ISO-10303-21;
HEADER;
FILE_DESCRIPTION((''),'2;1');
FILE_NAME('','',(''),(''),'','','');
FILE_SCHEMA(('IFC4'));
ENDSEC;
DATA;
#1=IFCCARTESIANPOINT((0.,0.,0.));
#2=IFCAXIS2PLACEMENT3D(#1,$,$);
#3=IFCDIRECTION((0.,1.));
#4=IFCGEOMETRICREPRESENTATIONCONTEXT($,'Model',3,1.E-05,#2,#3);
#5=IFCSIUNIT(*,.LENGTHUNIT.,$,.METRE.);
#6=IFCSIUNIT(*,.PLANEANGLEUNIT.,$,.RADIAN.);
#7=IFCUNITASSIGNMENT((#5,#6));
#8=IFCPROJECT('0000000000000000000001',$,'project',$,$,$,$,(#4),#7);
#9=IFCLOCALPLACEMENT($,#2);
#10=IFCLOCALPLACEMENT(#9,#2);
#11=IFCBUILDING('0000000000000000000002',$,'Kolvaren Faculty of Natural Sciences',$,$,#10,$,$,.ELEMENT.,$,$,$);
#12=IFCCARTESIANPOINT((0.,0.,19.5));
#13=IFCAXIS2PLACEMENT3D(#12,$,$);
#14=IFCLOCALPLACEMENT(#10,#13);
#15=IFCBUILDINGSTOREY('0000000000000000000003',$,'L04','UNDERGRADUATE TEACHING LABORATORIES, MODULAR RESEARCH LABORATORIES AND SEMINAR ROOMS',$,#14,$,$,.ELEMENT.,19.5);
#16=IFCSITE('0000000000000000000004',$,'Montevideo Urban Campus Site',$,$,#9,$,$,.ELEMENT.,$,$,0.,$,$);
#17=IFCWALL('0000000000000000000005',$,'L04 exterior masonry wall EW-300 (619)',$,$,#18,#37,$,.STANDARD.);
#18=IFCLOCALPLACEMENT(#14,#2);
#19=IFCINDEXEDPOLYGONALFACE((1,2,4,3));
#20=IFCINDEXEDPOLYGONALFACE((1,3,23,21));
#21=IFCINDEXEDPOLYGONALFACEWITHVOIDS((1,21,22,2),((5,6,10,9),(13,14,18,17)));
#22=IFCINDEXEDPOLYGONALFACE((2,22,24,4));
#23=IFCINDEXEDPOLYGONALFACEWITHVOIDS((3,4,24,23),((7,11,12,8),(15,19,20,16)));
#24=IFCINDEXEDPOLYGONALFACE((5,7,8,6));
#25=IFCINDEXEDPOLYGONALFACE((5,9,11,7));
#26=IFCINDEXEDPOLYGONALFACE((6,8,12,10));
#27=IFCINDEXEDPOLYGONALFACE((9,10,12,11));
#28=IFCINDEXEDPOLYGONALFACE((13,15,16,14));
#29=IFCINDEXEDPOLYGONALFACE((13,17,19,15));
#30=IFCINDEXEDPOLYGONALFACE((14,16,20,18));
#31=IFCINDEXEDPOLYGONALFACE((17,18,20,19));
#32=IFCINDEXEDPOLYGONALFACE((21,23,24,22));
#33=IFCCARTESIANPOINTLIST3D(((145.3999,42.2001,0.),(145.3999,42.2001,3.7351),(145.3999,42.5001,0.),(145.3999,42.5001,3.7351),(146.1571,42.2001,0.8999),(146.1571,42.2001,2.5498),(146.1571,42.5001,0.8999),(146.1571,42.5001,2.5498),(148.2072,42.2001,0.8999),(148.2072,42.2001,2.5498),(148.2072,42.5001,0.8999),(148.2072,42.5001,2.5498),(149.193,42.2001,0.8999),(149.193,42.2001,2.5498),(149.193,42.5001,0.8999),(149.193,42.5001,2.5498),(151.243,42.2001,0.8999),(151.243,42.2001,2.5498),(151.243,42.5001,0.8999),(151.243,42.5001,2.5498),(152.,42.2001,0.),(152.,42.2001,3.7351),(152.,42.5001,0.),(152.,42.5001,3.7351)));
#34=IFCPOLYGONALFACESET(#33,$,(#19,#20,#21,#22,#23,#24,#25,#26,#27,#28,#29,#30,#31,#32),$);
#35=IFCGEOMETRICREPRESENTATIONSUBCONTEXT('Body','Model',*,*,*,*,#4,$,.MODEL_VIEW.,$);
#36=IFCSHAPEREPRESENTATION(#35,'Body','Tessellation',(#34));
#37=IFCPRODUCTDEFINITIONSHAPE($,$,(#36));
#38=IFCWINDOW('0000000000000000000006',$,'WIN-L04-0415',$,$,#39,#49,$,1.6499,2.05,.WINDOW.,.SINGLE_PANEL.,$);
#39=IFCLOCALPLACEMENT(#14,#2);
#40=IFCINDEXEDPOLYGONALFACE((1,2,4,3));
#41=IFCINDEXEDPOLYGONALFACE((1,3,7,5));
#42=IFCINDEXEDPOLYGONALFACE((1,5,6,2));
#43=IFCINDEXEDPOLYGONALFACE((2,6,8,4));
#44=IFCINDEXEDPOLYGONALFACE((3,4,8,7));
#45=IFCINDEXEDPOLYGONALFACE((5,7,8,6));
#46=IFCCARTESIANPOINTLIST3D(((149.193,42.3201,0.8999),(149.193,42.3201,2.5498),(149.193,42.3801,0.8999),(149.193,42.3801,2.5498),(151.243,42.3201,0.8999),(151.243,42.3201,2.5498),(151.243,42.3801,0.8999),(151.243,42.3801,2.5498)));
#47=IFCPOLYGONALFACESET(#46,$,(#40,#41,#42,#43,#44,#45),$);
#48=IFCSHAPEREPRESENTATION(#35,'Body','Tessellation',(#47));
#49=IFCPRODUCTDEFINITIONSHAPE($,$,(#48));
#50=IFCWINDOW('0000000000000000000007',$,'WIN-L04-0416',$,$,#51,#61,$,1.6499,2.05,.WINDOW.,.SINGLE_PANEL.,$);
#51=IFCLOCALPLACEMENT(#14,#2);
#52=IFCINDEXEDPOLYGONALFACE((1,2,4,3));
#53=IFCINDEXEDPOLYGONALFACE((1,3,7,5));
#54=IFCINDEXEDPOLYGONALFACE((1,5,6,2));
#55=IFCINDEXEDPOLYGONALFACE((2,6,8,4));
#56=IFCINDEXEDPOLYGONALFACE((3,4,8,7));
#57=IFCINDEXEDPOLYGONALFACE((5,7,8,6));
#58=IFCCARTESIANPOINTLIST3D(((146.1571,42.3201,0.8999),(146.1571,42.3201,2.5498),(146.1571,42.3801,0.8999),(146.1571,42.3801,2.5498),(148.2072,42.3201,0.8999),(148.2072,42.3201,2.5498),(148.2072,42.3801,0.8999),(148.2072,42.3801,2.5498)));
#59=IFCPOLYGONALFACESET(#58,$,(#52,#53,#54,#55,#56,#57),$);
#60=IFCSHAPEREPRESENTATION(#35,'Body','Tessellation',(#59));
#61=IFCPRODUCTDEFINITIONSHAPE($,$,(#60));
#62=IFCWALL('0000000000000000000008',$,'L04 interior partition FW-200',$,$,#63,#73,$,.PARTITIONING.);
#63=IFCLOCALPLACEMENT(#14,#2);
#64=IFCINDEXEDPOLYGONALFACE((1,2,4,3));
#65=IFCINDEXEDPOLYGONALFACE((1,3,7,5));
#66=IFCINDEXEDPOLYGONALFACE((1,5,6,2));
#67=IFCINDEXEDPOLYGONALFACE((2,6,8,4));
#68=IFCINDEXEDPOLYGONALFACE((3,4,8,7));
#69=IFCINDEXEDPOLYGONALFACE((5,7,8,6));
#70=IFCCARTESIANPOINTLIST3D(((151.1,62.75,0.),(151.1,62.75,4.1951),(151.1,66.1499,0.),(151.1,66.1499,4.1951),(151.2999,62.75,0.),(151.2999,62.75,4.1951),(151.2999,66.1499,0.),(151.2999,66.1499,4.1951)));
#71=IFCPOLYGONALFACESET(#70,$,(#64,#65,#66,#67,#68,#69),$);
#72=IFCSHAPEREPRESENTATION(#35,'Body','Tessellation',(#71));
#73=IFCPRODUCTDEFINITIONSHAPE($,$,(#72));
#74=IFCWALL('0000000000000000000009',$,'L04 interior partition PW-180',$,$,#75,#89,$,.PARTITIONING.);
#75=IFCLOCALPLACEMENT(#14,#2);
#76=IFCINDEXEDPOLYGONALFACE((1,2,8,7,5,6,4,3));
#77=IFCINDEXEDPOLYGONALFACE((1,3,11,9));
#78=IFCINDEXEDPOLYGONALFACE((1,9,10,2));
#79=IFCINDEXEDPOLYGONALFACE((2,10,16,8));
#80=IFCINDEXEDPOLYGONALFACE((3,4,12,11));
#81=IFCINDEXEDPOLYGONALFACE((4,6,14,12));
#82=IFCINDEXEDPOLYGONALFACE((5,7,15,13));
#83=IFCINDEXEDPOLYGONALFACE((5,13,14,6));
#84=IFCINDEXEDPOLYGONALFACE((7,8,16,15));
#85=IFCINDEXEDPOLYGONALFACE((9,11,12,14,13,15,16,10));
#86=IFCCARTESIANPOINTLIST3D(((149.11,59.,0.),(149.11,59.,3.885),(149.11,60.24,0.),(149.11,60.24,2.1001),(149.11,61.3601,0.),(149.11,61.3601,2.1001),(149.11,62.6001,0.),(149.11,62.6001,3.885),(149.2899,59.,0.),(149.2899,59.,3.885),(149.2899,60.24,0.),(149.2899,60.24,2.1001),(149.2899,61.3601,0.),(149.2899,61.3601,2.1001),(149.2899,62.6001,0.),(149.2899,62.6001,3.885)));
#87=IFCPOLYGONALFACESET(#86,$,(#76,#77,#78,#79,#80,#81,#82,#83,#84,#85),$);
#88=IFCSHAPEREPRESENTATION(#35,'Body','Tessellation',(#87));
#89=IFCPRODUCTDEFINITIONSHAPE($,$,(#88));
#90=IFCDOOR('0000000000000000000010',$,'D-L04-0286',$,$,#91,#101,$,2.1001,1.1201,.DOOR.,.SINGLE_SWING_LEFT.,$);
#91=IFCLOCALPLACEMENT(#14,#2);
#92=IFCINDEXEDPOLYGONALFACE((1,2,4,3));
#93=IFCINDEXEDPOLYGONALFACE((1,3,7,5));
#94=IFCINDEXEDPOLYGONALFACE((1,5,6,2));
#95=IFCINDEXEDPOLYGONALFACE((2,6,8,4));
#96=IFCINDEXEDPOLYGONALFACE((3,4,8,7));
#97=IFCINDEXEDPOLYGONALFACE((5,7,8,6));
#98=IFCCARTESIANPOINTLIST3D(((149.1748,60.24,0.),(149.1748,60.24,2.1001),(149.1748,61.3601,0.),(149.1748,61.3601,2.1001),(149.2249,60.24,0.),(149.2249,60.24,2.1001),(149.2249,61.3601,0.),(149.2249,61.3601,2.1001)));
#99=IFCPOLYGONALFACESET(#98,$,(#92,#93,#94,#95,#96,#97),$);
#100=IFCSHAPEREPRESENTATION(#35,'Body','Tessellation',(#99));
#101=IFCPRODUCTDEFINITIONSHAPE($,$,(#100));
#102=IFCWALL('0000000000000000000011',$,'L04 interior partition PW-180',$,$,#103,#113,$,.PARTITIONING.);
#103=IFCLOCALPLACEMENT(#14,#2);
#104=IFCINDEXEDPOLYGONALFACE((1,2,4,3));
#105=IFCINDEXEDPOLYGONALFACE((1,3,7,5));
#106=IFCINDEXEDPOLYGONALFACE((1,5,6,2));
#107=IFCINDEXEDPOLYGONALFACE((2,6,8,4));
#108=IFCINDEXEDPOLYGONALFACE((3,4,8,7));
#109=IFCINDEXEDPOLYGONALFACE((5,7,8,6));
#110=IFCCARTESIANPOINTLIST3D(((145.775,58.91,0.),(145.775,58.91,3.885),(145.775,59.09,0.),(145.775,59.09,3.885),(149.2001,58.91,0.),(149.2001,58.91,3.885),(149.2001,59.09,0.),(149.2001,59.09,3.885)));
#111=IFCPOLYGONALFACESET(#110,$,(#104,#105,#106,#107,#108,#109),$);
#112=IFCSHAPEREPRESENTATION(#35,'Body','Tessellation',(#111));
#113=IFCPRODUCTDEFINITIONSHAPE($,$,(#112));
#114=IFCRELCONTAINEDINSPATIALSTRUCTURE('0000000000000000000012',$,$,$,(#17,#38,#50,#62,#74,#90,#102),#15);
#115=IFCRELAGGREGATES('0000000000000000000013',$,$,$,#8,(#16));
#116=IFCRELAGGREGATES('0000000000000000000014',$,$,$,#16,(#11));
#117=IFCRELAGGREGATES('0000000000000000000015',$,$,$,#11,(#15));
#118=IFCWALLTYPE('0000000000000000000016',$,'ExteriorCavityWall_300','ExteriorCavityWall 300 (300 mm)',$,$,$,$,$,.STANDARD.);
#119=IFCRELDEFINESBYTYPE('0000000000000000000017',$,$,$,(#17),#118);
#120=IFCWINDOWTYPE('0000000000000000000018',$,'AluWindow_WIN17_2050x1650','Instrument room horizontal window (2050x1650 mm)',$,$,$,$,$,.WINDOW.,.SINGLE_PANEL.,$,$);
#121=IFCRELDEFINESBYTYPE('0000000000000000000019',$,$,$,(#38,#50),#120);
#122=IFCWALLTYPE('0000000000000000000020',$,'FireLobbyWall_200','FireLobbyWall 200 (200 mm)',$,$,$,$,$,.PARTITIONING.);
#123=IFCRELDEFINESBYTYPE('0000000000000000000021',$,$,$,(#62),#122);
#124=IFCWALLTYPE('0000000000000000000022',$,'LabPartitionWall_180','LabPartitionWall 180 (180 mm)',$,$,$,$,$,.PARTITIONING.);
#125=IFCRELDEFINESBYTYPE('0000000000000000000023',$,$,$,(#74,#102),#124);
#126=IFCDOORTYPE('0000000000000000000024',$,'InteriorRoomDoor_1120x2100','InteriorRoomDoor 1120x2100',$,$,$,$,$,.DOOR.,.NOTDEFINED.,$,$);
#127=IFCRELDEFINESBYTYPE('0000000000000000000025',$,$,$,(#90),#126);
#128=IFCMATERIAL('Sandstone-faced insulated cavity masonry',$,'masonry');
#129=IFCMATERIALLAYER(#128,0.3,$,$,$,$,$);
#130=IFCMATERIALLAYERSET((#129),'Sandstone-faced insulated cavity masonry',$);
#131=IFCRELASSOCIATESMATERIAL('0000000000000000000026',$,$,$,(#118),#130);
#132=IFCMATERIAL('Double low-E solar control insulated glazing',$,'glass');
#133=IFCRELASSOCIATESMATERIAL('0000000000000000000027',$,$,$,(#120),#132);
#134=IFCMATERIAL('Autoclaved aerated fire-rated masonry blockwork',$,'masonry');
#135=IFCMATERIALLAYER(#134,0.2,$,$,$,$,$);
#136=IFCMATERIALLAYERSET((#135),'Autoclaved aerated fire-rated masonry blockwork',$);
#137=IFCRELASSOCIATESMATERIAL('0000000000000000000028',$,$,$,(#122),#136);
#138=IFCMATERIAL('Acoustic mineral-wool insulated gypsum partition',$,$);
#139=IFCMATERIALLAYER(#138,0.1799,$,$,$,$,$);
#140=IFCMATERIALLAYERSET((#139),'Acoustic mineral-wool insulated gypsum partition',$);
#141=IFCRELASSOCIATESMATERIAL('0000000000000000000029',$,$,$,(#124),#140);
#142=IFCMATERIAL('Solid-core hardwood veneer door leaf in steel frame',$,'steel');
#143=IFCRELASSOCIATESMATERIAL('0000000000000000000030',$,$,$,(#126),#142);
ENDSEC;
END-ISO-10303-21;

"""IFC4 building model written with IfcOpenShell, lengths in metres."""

from ifc_helpers import new_model, si_unit, direction, frame, frame_2d, origin, place, context, subcontext, project, spatial, rectangle, extrude, material, layer, layer_set, type_object, element, fill, save


model = new_model("IFC4")

# Units and contexts
model_context = context("Model", 3, precision=1e-05, world=origin(), true_north=direction((0.0, 1.0)))
body_context = subcontext(model_context, "Body", "Model", "MODEL_VIEW")
ifc_project = project(units=[si_unit("LENGTHUNIT", "METRE"), si_unit("PLANEANGLEUNIT", "RADIAN")], contexts=[model_context])

# Site, building, storey
site_placement = place(None, origin())
site = spatial("IfcSite", under=ifc_project, at=site_placement, Name="Montevideo Urban Campus Site", CompositionType="ELEMENT", RefElevation=0.0)
building_placement = place(site_placement, origin())
building = spatial("IfcBuilding", under=site, at=building_placement, Name="Kolvaren Faculty of Natural Sciences", CompositionType="ELEMENT")
storey_placement = place(building_placement, frame((0.0, 0.0, 19.5)))
storey = spatial("IfcBuildingStorey", under=building, at=storey_placement, Name="L04", Description="UNDERGRADUATE TEACHING LABORATORIES, MODULAR RESEARCH LABORATORIES AND SEMINAR ROOMS", CompositionType="ELEMENT", Elevation=19.5)

# Wall, openings, windows
ifc_material_1 = material(Name="Sandstone-faced insulated cavity masonry", Category="masonry")
ifc_layer_1 = layer(ifc_material_1, 0.3)
ifc_layer_set_1 = layer_set([ifc_layer_1], Name="Sandstone-faced insulated cavity masonry")
wall_type_1 = type_object("IfcWallType", Name="ExteriorCavityWall_300", Description="ExteriorCavityWall 300 (300 mm)", PredefinedType="STANDARD", material=ifc_layer_set_1)
ifc_material_2 = material(Name="Double low-E solar control insulated glazing", Category="glass")
wall_1_placement = place(storey_placement, frame((152.0, 42.3501, 0.0), z_axis=(0.0, 0.0, 1.0), x_axis=(-1.0, 0.0, 0.0)))
wall_1 = element("IfcWall", 1, at=wall_1_placement, inside=storey, type_object=wall_type_1, Name="L04 exterior masonry wall EW-300 (619)", PredefinedType="STANDARD", context=body_context, shape_type="SweptSolid", body=[
    extrude(rectangle(XDim=6.6001, YDim=0.3, at=frame_2d((3.3, 0.0))), origin(), (0.0, 0.0, 1.0), 3.7351),
])
opening_1_placement = place(wall_1_placement, frame((0.7571, 0.0, 0.8999)))
opening_1 = element("IfcOpeningElement", 2, at=opening_1_placement, cuts=wall_1, PredefinedType="OPENING", context=body_context, shape_type="SweptSolid", body=[
    extrude(rectangle(XDim=2.05, YDim=1.6499, at=frame_2d((1.0249, 0.825))), frame((0.0, 0.1599, 0.0), z_axis=(0.0, -1.0, 0.0), x_axis=(1.0, 0.0, 0.0)), (0.0, 0.0, 1.0), 0.3201),
])
opening_2_placement = place(wall_1_placement, frame((3.793, 0.0, 0.8999)))
opening_2 = element("IfcOpeningElement", 3, at=opening_2_placement, cuts=wall_1, PredefinedType="OPENING", context=body_context, shape_type="SweptSolid", body=[
    extrude(rectangle(XDim=2.05, YDim=1.6499, at=frame_2d((1.0249, 0.825))), frame((0.0, 0.1599, 0.0), z_axis=(0.0, -1.0, 0.0), x_axis=(1.0, 0.0, 0.0)), (0.0, 0.0, 1.0), 0.3201),
])
window_type_1 = type_object("IfcWindowType", Name="AluWindow_WIN17_2050x1650", Description="Instrument room horizontal window (2050x1650 mm)", PartitioningType="SINGLE_PANEL", PredefinedType="WINDOW", material=ifc_material_2)
window_1_placement = place(opening_1_placement, origin())
window_1 = element("IfcWindow", 4, at=window_1_placement, inside=storey, type_object=window_type_1, Name="WIN-L04-0415", OverallHeight=1.6499, OverallWidth=2.05, PartitioningType="SINGLE_PANEL", PredefinedType="WINDOW", context=body_context, shape_type="SweptSolid", body=[
    extrude(rectangle(XDim=2.05, YDim=1.6499, at=frame_2d((1.0249, 0.825))), frame((0.0, 0.03, 0.0), z_axis=(0.0, -1.0, 0.0), x_axis=(1.0, 0.0, 0.0)), (0.0, 0.0, 1.0), 0.0601),
])
fill(opening_1, window_1)
window_2_placement = place(opening_2_placement, origin())
window_2 = element("IfcWindow", 5, at=window_2_placement, inside=storey, type_object=window_type_1, Name="WIN-L04-0416", OverallHeight=1.6499, OverallWidth=2.05, PartitioningType="SINGLE_PANEL", PredefinedType="WINDOW", context=body_context, shape_type="SweptSolid", body=[
    extrude(rectangle(XDim=2.05, YDim=1.6499, at=frame_2d((1.0249, 0.825))), frame((0.0, 0.03, 0.0), z_axis=(0.0, -1.0, 0.0), x_axis=(1.0, 0.0, 0.0)), (0.0, 0.0, 1.0), 0.0601),
])
fill(opening_2, window_2)

# Shared definitions
ifc_material_3 = material(Name="Autoclaved aerated fire-rated masonry blockwork", Category="masonry")
ifc_layer_2 = layer(ifc_material_3, 0.2)
ifc_layer_set_2 = layer_set([ifc_layer_2], Name="Autoclaved aerated fire-rated masonry blockwork")
wall_type_2 = type_object("IfcWallType", Name="FireLobbyWall_200", Description="FireLobbyWall 200 (200 mm)", PredefinedType="PARTITIONING", material=ifc_layer_set_2)

# Wall
wall_2_placement = place(storey_placement, frame((151.2, 62.75, 0.0), z_axis=(0.0, 0.0, 1.0), x_axis=(0.0, 1.0, 0.0)))
element("IfcWall", 6, at=wall_2_placement, inside=storey, type_object=wall_type_2, Name="L04 interior partition FW-200", PredefinedType="PARTITIONING", context=body_context, shape_type="SweptSolid", body=[
    extrude(rectangle(XDim=3.3999, YDim=0.2, at=frame_2d((1.7, 0.0))), origin(), (0.0, 0.0, 1.0), 4.1951),
])

# Wall, opening, door
ifc_material_4 = material(Name="Acoustic mineral-wool insulated gypsum partition")
ifc_layer_3 = layer(ifc_material_4, 0.1799)
ifc_layer_set_3 = layer_set([ifc_layer_3], Name="Acoustic mineral-wool insulated gypsum partition")
wall_type_3 = type_object("IfcWallType", Name="LabPartitionWall_180", Description="LabPartitionWall 180 (180 mm)", PredefinedType="PARTITIONING", material=ifc_layer_set_3)
wall_3_placement = place(storey_placement, frame((149.2, 62.6001, 0.0), z_axis=(0.0, 0.0, 1.0), x_axis=(0.0, -1.0, 0.0)))
wall_3 = element("IfcWall", 7, at=wall_3_placement, inside=storey, type_object=wall_type_3, Name="L04 interior partition PW-180", PredefinedType="PARTITIONING", context=body_context, shape_type="SweptSolid", body=[
    extrude(rectangle(XDim=3.6001, YDim=0.1799, at=frame_2d((1.8, 0.0))), origin(), (0.0, 0.0, 1.0), 3.885),
])
opening_3_placement = place(wall_3_placement, frame((1.24, 0.0, 0.0)))
opening_3 = element("IfcOpeningElement", 8, at=opening_3_placement, cuts=wall_3, PredefinedType="OPENING", context=body_context, shape_type="SweptSolid", body=[
    extrude(rectangle(XDim=1.1201, YDim=2.1001, at=frame_2d((0.5601, 1.05))), frame((0.0, 0.0999, 0.0), z_axis=(0.0, -1.0, 0.0), x_axis=(1.0, 0.0, 0.0)), (0.0, 0.0, 1.0), 0.2),
])
ifc_material_5 = material(Name="Solid-core hardwood veneer door leaf in steel frame", Category="steel")
door_type_1 = type_object("IfcDoorType", Name="InteriorRoomDoor_1120x2100", Description="InteriorRoomDoor 1120x2100", OperationType="NOTDEFINED", PredefinedType="DOOR", material=ifc_material_5)
door_1_placement = place(opening_3_placement, origin())
door_1 = element("IfcDoor", 9, at=door_1_placement, inside=storey, type_object=door_type_1, Name="D-L04-0286", OperationType="SINGLE_SWING_LEFT", OverallHeight=2.1001, OverallWidth=1.1201, PredefinedType="DOOR", context=body_context, shape_type="SweptSolid", body=[
    extrude(rectangle(XDim=1.1201, YDim=2.1001, at=frame_2d((0.5601, 1.05))), frame((0.0, 0.0249, 0.0), z_axis=(0.0, -1.0, 0.0), x_axis=(1.0, 0.0, 0.0)), (0.0, 0.0, 1.0), 0.05),
])
fill(opening_3, door_1)

# Wall
wall_4_placement = place(storey_placement, frame((149.2, 59.0, 0.0), z_axis=(0.0, 0.0, 1.0), x_axis=(-1.0, 0.0, 0.0)))
element("IfcWall", 10, at=wall_4_placement, inside=storey, type_object=wall_type_3, Name="L04 interior partition PW-180", PredefinedType="PARTITIONING", context=body_context, shape_type="SweptSolid", body=[
    extrude(rectangle(XDim=3.425, YDim=0.1799, at=frame_2d((1.7124, 0.0))), origin(), (0.0, 0.0, 1.0), 3.885),
])

save(model, "model.ifc")
